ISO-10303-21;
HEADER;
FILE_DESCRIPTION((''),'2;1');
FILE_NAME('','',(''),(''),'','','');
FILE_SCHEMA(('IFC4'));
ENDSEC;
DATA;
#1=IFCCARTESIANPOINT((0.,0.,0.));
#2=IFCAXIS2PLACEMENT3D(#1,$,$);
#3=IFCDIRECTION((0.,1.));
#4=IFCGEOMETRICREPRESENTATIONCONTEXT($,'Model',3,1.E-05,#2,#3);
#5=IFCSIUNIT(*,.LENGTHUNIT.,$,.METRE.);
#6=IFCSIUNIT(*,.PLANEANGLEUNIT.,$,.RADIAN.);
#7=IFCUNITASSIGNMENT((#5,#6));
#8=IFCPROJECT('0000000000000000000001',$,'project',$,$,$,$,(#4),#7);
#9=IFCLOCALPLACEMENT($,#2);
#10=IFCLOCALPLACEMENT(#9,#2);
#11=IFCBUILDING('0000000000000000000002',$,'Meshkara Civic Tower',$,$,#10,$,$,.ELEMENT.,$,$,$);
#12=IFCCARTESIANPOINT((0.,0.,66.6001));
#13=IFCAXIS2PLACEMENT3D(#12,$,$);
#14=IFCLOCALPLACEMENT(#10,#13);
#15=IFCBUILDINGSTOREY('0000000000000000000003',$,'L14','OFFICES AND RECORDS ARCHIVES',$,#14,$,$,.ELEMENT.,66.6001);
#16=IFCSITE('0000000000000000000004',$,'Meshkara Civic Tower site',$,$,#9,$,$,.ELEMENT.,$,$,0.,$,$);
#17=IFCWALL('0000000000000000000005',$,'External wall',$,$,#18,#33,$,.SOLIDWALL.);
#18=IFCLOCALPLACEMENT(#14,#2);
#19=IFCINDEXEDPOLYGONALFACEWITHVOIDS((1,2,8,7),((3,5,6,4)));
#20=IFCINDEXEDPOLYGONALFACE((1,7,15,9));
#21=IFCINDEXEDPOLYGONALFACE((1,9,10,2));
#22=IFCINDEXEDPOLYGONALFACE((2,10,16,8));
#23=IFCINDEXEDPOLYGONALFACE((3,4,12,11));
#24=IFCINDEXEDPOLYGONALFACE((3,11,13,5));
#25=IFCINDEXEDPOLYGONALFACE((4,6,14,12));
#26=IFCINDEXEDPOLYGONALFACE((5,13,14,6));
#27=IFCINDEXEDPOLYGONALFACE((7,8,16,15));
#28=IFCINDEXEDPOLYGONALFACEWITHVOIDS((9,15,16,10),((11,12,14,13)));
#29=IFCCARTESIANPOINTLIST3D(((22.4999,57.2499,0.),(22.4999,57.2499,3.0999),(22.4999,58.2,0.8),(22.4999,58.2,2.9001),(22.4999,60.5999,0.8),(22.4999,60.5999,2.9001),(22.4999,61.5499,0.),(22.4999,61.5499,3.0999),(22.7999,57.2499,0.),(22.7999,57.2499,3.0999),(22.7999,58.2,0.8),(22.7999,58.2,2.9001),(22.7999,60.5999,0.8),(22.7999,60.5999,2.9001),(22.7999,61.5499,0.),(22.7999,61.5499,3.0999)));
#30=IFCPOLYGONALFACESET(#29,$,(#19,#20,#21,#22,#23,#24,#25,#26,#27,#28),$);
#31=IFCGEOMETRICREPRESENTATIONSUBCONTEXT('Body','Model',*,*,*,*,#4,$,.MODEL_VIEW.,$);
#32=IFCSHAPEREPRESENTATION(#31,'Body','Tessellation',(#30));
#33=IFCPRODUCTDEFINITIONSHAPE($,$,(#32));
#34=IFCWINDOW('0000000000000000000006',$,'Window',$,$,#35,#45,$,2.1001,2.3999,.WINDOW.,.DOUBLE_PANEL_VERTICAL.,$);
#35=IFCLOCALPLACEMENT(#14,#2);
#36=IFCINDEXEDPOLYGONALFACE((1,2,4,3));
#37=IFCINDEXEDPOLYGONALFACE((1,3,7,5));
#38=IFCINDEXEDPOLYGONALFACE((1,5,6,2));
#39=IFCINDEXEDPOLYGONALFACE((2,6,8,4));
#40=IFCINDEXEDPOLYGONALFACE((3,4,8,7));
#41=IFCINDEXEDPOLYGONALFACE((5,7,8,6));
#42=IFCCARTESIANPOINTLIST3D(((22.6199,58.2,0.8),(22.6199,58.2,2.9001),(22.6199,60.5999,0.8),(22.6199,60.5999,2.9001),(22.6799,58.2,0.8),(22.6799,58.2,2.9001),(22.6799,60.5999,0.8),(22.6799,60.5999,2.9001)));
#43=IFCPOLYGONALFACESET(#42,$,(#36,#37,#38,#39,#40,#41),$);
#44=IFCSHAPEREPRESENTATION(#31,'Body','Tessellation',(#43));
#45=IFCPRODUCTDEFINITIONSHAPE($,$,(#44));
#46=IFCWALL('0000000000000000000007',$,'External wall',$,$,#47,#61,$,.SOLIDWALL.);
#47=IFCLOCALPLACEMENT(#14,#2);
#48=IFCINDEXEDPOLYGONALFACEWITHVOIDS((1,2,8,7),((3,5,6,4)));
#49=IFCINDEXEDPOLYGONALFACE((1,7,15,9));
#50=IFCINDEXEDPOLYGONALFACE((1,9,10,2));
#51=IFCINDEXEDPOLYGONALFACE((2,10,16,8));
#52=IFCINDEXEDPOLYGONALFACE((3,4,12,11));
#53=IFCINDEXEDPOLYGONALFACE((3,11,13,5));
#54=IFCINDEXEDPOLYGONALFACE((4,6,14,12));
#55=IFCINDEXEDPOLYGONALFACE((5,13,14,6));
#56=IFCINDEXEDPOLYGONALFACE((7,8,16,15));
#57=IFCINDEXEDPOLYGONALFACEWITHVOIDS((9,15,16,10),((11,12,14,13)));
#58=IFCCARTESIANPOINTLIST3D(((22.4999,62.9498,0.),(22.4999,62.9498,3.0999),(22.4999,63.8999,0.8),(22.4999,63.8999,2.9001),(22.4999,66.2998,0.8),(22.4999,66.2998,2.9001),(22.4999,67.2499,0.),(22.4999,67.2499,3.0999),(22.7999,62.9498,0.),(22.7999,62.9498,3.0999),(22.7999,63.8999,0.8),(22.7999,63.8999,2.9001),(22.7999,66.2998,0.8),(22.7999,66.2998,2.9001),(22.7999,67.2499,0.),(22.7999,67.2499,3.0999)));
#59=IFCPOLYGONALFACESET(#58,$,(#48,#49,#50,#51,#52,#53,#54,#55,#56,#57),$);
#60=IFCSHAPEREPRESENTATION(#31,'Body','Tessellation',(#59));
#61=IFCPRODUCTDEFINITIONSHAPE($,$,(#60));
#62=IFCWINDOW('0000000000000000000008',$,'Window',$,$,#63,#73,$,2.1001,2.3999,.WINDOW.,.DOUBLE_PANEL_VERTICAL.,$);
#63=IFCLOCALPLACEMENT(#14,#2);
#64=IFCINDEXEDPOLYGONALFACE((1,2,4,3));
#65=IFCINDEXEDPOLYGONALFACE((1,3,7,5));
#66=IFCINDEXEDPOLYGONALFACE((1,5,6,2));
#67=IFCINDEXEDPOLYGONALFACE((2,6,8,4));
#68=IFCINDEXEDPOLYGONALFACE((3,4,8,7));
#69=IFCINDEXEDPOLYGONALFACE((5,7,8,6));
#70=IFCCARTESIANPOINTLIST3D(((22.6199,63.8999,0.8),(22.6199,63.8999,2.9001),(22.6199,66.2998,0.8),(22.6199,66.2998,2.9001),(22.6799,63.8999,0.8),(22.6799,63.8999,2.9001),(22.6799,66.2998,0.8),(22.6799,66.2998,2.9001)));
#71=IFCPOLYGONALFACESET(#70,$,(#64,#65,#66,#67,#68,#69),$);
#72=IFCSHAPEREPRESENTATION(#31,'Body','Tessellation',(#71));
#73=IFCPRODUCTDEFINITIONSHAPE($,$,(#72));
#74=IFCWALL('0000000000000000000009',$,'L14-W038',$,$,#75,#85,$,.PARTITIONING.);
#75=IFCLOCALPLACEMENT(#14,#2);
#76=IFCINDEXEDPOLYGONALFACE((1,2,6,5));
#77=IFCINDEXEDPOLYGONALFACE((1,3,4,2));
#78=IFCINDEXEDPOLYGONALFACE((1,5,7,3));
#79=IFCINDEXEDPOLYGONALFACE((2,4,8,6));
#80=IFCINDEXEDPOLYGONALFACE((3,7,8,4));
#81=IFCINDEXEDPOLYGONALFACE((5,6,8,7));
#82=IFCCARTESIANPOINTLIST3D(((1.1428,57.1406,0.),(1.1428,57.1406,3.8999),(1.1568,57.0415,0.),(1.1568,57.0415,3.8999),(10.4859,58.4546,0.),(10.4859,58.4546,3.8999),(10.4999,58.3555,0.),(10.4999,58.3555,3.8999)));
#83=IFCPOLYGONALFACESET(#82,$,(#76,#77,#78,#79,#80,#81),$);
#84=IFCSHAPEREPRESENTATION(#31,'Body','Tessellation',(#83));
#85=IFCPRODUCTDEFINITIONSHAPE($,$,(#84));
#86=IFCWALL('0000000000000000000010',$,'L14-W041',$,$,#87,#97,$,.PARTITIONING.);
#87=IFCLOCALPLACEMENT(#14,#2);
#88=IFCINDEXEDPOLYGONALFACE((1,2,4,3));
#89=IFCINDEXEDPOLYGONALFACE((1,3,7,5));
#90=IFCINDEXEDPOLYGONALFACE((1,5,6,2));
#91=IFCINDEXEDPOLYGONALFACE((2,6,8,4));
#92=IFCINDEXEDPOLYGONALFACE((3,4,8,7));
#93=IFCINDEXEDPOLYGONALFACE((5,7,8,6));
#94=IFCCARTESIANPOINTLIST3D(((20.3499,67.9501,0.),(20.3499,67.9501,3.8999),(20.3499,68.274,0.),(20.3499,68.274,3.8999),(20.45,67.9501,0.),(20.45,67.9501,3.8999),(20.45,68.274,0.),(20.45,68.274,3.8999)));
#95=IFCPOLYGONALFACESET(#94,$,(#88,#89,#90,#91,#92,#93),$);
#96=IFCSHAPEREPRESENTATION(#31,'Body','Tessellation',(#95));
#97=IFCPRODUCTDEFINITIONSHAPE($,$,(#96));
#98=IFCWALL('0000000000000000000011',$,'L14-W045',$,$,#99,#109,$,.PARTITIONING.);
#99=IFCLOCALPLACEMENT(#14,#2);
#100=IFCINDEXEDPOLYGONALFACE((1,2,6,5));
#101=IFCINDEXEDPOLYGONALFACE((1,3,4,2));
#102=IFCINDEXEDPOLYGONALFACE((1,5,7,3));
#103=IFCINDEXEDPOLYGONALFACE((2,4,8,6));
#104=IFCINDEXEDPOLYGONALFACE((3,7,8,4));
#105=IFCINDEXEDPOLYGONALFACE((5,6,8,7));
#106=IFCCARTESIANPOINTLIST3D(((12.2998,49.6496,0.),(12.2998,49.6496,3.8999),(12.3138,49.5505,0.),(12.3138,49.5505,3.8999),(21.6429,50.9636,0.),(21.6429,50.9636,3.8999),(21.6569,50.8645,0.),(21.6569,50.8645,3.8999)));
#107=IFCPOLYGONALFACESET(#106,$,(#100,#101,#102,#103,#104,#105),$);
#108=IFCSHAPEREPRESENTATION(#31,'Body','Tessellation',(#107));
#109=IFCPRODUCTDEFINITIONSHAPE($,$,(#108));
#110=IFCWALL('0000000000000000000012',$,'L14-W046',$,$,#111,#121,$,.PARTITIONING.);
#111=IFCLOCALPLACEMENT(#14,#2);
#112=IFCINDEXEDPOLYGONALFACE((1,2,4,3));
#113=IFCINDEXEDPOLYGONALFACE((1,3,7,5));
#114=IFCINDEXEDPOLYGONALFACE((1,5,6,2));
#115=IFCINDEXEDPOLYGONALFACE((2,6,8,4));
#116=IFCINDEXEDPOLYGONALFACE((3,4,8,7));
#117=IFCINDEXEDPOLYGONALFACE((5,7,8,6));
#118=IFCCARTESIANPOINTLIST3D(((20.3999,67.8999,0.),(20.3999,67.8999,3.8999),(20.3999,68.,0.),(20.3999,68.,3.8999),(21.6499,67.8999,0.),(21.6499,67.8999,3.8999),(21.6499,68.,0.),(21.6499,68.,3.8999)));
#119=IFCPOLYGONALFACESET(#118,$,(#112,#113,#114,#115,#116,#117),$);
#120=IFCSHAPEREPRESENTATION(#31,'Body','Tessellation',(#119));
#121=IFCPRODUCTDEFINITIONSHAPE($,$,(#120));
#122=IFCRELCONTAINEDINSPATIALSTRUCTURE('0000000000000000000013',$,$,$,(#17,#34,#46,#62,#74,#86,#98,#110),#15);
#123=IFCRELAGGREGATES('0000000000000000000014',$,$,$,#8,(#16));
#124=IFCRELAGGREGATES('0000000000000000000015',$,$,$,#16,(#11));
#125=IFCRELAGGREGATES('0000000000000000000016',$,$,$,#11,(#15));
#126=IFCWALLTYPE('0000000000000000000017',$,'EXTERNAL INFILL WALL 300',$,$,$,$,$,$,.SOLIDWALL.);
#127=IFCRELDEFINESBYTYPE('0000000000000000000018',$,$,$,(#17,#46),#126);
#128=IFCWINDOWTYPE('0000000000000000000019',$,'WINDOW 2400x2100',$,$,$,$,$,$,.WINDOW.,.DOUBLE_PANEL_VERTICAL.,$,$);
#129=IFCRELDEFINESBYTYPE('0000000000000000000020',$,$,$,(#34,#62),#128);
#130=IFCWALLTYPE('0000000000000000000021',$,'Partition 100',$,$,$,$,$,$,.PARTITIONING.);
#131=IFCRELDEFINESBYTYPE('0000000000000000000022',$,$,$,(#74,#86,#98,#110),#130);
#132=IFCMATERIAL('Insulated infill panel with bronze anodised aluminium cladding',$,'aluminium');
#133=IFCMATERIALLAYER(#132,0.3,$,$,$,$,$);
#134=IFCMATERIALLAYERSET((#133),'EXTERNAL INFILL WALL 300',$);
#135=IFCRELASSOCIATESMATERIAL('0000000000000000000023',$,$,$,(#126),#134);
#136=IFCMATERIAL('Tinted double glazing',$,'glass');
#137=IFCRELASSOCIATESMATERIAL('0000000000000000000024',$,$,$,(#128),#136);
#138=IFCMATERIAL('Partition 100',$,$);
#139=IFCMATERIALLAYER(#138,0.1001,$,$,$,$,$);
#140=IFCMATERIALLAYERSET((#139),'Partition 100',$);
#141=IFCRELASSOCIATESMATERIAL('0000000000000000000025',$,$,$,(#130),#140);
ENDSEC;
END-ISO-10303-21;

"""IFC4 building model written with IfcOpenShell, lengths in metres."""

from ifc_helpers import new_model, si_unit, direction, frame, frame_2d, origin, place, context, subcontext, project, spatial, rectangle, extrude, material, layer, layer_set, type_object, element, fill, save


model = new_model("IFC4")

# Units and contexts
model_context = context("Model", 3, precision=1e-05, world=origin(), true_north=direction((0.0, 1.0)))
body_context = subcontext(model_context, "Body", "Model", "MODEL_VIEW")
ifc_project = project(units=[si_unit("LENGTHUNIT", "METRE"), si_unit("PLANEANGLEUNIT", "RADIAN")], contexts=[model_context])

# Site, building, storey
site_placement = place(None, origin())
site = spatial("IfcSite", under=ifc_project, at=site_placement, Name="Meshkara Civic Tower site", CompositionType="ELEMENT", RefElevation=0.0)
building_placement = place(site_placement, origin())
building = spatial("IfcBuilding", under=site, at=building_placement, Name="Meshkara Civic Tower", CompositionType="ELEMENT")
storey_placement = place(building_placement, frame((0.0, 0.0, 66.6001)))
storey = spatial("IfcBuildingStorey", under=building, at=storey_placement, Name="L14", Description="OFFICES AND RECORDS ARCHIVES", CompositionType="ELEMENT", Elevation=66.6001)

# Walls, openings, windows
ifc_material_1 = material(Name="Insulated infill panel with bronze anodised aluminium cladding", Category="aluminium")
ifc_layer_1 = layer(ifc_material_1, 0.3)
ifc_layer_set_1 = layer_set([ifc_layer_1], Name="EXTERNAL INFILL WALL 300")
wall_type_1 = type_object("IfcWallType", Name="EXTERNAL INFILL WALL 300", PredefinedType="SOLIDWALL", material=ifc_layer_set_1)
ifc_material_2 = material(Name="Tinted double glazing", Category="glass")
window_type = type_object("IfcWindowType", Name="WINDOW 2400x2100", PartitioningType="DOUBLE_PANEL_VERTICAL", PredefinedType="WINDOW", material=ifc_material_2)
wall_1_placement = place(storey_placement, frame((22.6499, 57.25, 0.0), z_axis=(0.0, 0.0, 1.0), x_axis=(0.0, 1.0, 0.0)))
wall_1 = element("IfcWall", 1, at=wall_1_placement, inside=storey, type_object=wall_type_1, Name="External wall", PredefinedType="SOLIDWALL", context=body_context, shape_type="SweptSolid", body=[
    extrude(rectangle(XDim=4.3, YDim=0.3, at=frame_2d((2.1499, 0.0))), origin(), (0.0, 0.0, 1.0), 3.0999),
])
opening_1_placement = place(wall_1_placement, frame((0.95, 0.0, 0.8)))
opening_1 = element("IfcOpeningElement", 2, at=opening_1_placement, cuts=wall_1, PredefinedType="OPENING", context=body_context, shape_type="SweptSolid", body=[
    extrude(rectangle(XDim=2.3999, YDim=2.1001, at=frame_2d((1.2, 1.05))), frame((0.0, 0.1599, 0.0), z_axis=(0.0, -1.0, 0.0), x_axis=(1.0, 0.0, 0.0)), (0.0, 0.0, 1.0), 0.3201),
])
window_1_placement = place(opening_1_placement, origin())
window_1 = element("IfcWindow", 3, at=window_1_placement, inside=storey, type_object=window_type, Name="Window", OverallHeight=2.1001, OverallWidth=2.3999, PartitioningType="DOUBLE_PANEL_VERTICAL", PredefinedType="WINDOW", context=body_context, shape_type="SweptSolid", body=[
    extrude(rectangle(XDim=2.3999, YDim=2.1001, at=frame_2d((1.2, 1.05))), frame((0.0, 0.03, 0.0), z_axis=(0.0, -1.0, 0.0), x_axis=(1.0, 0.0, 0.0)), (0.0, 0.0, 1.0), 0.0601),
])
fill(opening_1, window_1)
wall_2_placement = place(storey_placement, frame((22.6499, 62.95, 0.0), z_axis=(0.0, 0.0, 1.0), x_axis=(0.0, 1.0, 0.0)))
wall_2 = element("IfcWall", 4, at=wall_2_placement, inside=storey, type_object=wall_type_1, Name="External wall", PredefinedType="SOLIDWALL", context=body_context, shape_type="SweptSolid", body=[
    extrude(rectangle(XDim=4.3, YDim=0.3, at=frame_2d((2.1499, 0.0))), origin(), (0.0, 0.0, 1.0), 3.0999),
])
opening_2_placement = place(wall_2_placement, frame((0.95, 0.0, 0.8)))
opening_2 = element("IfcOpeningElement", 5, at=opening_2_placement, cuts=wall_2, PredefinedType="OPENING", context=body_context, shape_type="SweptSolid", body=[
    extrude(rectangle(XDim=2.3999, YDim=2.1001, at=frame_2d((1.2, 1.05))), frame((0.0, 0.1599, 0.0), z_axis=(0.0, -1.0, 0.0), x_axis=(1.0, 0.0, 0.0)), (0.0, 0.0, 1.0), 0.3201),
])
window_2_placement = place(opening_2_placement, origin())
window_2 = element("IfcWindow", 6, at=window_2_placement, inside=storey, type_object=window_type, Name="Window", OverallHeight=2.1001, OverallWidth=2.3999, PartitioningType="DOUBLE_PANEL_VERTICAL", PredefinedType="WINDOW", context=body_context, shape_type="SweptSolid", body=[
    extrude(rectangle(XDim=2.3999, YDim=2.1001, at=frame_2d((1.2, 1.05))), frame((0.0, 0.03, 0.0), z_axis=(0.0, -1.0, 0.0), x_axis=(1.0, 0.0, 0.0)), (0.0, 0.0, 1.0), 0.0601),
])
fill(opening_2, window_2)

# Walls
ifc_material_3 = material(Name="Partition 100")
ifc_layer_2 = layer(ifc_material_3, 0.1001)
ifc_layer_set_2 = layer_set([ifc_layer_2], Name="Partition 100")
wall_type_2 = type_object("IfcWallType", Name="Partition 100", PredefinedType="PARTITIONING", material=ifc_layer_set_2)
wall_3_placement = place(storey_placement, frame((10.4929, 58.405, 0.0), z_axis=(0.0, 0.0, 1.0), x_axis=(-0.990255, -0.139266, 0.0)))
element("IfcWall", 7, at=wall_3_placement, inside=storey, type_object=wall_type_2, Name="L14-W038", PredefinedType="PARTITIONING", context=body_context, shape_type="SweptSolid", body=[
    extrude(rectangle(XDim=9.4351, YDim=0.1001, at=frame_2d((4.7175, 0.0))), origin(), (0.0, 0.0, 1.0), 3.8999),
])
wall_4_placement = place(storey_placement, frame((20.3999, 67.95, 0.0), z_axis=(0.0, 0.0, 1.0), x_axis=(0.0, 1.0, 0.0)))
element("IfcWall", 8, at=wall_4_placement, inside=storey, type_object=wall_type_2, Name="L14-W041", PredefinedType="PARTITIONING", context=body_context, shape_type="SweptSolid", body=[
    extrude(rectangle(XDim=0.324, YDim=0.1001, at=frame_2d((0.1621, 0.0))), origin(), (0.0, 0.0, 1.0), 3.8999),
])
wall_5_placement = place(storey_placement, frame((21.6499, 50.9141, 0.0), z_axis=(0.0, 0.0, 1.0), x_axis=(-0.990255, -0.139266, 0.0)))
element("IfcWall", 9, at=wall_5_placement, inside=storey, type_object=wall_type_2, Name="L14-W045", PredefinedType="PARTITIONING", context=body_context, shape_type="SweptSolid", body=[
    extrude(rectangle(XDim=9.4351, YDim=0.1001, at=frame_2d((4.7175, 0.0))), origin(), (0.0, 0.0, 1.0), 3.8999),
])
wall_6_placement = place(storey_placement, frame((21.6499, 67.95, 0.0), z_axis=(0.0, 0.0, 1.0), x_axis=(-1.0, 0.0, 0.0)))
element("IfcWall", 10, at=wall_6_placement, inside=storey, type_object=wall_type_2, Name="L14-W046", PredefinedType="PARTITIONING", context=body_context, shape_type="SweptSolid", body=[
    extrude(rectangle(XDim=1.25, YDim=0.1001, at=frame_2d((0.625, 0.0))), origin(), (0.0, 0.0, 1.0), 3.8999),
])

save(model, "model.ifc")
